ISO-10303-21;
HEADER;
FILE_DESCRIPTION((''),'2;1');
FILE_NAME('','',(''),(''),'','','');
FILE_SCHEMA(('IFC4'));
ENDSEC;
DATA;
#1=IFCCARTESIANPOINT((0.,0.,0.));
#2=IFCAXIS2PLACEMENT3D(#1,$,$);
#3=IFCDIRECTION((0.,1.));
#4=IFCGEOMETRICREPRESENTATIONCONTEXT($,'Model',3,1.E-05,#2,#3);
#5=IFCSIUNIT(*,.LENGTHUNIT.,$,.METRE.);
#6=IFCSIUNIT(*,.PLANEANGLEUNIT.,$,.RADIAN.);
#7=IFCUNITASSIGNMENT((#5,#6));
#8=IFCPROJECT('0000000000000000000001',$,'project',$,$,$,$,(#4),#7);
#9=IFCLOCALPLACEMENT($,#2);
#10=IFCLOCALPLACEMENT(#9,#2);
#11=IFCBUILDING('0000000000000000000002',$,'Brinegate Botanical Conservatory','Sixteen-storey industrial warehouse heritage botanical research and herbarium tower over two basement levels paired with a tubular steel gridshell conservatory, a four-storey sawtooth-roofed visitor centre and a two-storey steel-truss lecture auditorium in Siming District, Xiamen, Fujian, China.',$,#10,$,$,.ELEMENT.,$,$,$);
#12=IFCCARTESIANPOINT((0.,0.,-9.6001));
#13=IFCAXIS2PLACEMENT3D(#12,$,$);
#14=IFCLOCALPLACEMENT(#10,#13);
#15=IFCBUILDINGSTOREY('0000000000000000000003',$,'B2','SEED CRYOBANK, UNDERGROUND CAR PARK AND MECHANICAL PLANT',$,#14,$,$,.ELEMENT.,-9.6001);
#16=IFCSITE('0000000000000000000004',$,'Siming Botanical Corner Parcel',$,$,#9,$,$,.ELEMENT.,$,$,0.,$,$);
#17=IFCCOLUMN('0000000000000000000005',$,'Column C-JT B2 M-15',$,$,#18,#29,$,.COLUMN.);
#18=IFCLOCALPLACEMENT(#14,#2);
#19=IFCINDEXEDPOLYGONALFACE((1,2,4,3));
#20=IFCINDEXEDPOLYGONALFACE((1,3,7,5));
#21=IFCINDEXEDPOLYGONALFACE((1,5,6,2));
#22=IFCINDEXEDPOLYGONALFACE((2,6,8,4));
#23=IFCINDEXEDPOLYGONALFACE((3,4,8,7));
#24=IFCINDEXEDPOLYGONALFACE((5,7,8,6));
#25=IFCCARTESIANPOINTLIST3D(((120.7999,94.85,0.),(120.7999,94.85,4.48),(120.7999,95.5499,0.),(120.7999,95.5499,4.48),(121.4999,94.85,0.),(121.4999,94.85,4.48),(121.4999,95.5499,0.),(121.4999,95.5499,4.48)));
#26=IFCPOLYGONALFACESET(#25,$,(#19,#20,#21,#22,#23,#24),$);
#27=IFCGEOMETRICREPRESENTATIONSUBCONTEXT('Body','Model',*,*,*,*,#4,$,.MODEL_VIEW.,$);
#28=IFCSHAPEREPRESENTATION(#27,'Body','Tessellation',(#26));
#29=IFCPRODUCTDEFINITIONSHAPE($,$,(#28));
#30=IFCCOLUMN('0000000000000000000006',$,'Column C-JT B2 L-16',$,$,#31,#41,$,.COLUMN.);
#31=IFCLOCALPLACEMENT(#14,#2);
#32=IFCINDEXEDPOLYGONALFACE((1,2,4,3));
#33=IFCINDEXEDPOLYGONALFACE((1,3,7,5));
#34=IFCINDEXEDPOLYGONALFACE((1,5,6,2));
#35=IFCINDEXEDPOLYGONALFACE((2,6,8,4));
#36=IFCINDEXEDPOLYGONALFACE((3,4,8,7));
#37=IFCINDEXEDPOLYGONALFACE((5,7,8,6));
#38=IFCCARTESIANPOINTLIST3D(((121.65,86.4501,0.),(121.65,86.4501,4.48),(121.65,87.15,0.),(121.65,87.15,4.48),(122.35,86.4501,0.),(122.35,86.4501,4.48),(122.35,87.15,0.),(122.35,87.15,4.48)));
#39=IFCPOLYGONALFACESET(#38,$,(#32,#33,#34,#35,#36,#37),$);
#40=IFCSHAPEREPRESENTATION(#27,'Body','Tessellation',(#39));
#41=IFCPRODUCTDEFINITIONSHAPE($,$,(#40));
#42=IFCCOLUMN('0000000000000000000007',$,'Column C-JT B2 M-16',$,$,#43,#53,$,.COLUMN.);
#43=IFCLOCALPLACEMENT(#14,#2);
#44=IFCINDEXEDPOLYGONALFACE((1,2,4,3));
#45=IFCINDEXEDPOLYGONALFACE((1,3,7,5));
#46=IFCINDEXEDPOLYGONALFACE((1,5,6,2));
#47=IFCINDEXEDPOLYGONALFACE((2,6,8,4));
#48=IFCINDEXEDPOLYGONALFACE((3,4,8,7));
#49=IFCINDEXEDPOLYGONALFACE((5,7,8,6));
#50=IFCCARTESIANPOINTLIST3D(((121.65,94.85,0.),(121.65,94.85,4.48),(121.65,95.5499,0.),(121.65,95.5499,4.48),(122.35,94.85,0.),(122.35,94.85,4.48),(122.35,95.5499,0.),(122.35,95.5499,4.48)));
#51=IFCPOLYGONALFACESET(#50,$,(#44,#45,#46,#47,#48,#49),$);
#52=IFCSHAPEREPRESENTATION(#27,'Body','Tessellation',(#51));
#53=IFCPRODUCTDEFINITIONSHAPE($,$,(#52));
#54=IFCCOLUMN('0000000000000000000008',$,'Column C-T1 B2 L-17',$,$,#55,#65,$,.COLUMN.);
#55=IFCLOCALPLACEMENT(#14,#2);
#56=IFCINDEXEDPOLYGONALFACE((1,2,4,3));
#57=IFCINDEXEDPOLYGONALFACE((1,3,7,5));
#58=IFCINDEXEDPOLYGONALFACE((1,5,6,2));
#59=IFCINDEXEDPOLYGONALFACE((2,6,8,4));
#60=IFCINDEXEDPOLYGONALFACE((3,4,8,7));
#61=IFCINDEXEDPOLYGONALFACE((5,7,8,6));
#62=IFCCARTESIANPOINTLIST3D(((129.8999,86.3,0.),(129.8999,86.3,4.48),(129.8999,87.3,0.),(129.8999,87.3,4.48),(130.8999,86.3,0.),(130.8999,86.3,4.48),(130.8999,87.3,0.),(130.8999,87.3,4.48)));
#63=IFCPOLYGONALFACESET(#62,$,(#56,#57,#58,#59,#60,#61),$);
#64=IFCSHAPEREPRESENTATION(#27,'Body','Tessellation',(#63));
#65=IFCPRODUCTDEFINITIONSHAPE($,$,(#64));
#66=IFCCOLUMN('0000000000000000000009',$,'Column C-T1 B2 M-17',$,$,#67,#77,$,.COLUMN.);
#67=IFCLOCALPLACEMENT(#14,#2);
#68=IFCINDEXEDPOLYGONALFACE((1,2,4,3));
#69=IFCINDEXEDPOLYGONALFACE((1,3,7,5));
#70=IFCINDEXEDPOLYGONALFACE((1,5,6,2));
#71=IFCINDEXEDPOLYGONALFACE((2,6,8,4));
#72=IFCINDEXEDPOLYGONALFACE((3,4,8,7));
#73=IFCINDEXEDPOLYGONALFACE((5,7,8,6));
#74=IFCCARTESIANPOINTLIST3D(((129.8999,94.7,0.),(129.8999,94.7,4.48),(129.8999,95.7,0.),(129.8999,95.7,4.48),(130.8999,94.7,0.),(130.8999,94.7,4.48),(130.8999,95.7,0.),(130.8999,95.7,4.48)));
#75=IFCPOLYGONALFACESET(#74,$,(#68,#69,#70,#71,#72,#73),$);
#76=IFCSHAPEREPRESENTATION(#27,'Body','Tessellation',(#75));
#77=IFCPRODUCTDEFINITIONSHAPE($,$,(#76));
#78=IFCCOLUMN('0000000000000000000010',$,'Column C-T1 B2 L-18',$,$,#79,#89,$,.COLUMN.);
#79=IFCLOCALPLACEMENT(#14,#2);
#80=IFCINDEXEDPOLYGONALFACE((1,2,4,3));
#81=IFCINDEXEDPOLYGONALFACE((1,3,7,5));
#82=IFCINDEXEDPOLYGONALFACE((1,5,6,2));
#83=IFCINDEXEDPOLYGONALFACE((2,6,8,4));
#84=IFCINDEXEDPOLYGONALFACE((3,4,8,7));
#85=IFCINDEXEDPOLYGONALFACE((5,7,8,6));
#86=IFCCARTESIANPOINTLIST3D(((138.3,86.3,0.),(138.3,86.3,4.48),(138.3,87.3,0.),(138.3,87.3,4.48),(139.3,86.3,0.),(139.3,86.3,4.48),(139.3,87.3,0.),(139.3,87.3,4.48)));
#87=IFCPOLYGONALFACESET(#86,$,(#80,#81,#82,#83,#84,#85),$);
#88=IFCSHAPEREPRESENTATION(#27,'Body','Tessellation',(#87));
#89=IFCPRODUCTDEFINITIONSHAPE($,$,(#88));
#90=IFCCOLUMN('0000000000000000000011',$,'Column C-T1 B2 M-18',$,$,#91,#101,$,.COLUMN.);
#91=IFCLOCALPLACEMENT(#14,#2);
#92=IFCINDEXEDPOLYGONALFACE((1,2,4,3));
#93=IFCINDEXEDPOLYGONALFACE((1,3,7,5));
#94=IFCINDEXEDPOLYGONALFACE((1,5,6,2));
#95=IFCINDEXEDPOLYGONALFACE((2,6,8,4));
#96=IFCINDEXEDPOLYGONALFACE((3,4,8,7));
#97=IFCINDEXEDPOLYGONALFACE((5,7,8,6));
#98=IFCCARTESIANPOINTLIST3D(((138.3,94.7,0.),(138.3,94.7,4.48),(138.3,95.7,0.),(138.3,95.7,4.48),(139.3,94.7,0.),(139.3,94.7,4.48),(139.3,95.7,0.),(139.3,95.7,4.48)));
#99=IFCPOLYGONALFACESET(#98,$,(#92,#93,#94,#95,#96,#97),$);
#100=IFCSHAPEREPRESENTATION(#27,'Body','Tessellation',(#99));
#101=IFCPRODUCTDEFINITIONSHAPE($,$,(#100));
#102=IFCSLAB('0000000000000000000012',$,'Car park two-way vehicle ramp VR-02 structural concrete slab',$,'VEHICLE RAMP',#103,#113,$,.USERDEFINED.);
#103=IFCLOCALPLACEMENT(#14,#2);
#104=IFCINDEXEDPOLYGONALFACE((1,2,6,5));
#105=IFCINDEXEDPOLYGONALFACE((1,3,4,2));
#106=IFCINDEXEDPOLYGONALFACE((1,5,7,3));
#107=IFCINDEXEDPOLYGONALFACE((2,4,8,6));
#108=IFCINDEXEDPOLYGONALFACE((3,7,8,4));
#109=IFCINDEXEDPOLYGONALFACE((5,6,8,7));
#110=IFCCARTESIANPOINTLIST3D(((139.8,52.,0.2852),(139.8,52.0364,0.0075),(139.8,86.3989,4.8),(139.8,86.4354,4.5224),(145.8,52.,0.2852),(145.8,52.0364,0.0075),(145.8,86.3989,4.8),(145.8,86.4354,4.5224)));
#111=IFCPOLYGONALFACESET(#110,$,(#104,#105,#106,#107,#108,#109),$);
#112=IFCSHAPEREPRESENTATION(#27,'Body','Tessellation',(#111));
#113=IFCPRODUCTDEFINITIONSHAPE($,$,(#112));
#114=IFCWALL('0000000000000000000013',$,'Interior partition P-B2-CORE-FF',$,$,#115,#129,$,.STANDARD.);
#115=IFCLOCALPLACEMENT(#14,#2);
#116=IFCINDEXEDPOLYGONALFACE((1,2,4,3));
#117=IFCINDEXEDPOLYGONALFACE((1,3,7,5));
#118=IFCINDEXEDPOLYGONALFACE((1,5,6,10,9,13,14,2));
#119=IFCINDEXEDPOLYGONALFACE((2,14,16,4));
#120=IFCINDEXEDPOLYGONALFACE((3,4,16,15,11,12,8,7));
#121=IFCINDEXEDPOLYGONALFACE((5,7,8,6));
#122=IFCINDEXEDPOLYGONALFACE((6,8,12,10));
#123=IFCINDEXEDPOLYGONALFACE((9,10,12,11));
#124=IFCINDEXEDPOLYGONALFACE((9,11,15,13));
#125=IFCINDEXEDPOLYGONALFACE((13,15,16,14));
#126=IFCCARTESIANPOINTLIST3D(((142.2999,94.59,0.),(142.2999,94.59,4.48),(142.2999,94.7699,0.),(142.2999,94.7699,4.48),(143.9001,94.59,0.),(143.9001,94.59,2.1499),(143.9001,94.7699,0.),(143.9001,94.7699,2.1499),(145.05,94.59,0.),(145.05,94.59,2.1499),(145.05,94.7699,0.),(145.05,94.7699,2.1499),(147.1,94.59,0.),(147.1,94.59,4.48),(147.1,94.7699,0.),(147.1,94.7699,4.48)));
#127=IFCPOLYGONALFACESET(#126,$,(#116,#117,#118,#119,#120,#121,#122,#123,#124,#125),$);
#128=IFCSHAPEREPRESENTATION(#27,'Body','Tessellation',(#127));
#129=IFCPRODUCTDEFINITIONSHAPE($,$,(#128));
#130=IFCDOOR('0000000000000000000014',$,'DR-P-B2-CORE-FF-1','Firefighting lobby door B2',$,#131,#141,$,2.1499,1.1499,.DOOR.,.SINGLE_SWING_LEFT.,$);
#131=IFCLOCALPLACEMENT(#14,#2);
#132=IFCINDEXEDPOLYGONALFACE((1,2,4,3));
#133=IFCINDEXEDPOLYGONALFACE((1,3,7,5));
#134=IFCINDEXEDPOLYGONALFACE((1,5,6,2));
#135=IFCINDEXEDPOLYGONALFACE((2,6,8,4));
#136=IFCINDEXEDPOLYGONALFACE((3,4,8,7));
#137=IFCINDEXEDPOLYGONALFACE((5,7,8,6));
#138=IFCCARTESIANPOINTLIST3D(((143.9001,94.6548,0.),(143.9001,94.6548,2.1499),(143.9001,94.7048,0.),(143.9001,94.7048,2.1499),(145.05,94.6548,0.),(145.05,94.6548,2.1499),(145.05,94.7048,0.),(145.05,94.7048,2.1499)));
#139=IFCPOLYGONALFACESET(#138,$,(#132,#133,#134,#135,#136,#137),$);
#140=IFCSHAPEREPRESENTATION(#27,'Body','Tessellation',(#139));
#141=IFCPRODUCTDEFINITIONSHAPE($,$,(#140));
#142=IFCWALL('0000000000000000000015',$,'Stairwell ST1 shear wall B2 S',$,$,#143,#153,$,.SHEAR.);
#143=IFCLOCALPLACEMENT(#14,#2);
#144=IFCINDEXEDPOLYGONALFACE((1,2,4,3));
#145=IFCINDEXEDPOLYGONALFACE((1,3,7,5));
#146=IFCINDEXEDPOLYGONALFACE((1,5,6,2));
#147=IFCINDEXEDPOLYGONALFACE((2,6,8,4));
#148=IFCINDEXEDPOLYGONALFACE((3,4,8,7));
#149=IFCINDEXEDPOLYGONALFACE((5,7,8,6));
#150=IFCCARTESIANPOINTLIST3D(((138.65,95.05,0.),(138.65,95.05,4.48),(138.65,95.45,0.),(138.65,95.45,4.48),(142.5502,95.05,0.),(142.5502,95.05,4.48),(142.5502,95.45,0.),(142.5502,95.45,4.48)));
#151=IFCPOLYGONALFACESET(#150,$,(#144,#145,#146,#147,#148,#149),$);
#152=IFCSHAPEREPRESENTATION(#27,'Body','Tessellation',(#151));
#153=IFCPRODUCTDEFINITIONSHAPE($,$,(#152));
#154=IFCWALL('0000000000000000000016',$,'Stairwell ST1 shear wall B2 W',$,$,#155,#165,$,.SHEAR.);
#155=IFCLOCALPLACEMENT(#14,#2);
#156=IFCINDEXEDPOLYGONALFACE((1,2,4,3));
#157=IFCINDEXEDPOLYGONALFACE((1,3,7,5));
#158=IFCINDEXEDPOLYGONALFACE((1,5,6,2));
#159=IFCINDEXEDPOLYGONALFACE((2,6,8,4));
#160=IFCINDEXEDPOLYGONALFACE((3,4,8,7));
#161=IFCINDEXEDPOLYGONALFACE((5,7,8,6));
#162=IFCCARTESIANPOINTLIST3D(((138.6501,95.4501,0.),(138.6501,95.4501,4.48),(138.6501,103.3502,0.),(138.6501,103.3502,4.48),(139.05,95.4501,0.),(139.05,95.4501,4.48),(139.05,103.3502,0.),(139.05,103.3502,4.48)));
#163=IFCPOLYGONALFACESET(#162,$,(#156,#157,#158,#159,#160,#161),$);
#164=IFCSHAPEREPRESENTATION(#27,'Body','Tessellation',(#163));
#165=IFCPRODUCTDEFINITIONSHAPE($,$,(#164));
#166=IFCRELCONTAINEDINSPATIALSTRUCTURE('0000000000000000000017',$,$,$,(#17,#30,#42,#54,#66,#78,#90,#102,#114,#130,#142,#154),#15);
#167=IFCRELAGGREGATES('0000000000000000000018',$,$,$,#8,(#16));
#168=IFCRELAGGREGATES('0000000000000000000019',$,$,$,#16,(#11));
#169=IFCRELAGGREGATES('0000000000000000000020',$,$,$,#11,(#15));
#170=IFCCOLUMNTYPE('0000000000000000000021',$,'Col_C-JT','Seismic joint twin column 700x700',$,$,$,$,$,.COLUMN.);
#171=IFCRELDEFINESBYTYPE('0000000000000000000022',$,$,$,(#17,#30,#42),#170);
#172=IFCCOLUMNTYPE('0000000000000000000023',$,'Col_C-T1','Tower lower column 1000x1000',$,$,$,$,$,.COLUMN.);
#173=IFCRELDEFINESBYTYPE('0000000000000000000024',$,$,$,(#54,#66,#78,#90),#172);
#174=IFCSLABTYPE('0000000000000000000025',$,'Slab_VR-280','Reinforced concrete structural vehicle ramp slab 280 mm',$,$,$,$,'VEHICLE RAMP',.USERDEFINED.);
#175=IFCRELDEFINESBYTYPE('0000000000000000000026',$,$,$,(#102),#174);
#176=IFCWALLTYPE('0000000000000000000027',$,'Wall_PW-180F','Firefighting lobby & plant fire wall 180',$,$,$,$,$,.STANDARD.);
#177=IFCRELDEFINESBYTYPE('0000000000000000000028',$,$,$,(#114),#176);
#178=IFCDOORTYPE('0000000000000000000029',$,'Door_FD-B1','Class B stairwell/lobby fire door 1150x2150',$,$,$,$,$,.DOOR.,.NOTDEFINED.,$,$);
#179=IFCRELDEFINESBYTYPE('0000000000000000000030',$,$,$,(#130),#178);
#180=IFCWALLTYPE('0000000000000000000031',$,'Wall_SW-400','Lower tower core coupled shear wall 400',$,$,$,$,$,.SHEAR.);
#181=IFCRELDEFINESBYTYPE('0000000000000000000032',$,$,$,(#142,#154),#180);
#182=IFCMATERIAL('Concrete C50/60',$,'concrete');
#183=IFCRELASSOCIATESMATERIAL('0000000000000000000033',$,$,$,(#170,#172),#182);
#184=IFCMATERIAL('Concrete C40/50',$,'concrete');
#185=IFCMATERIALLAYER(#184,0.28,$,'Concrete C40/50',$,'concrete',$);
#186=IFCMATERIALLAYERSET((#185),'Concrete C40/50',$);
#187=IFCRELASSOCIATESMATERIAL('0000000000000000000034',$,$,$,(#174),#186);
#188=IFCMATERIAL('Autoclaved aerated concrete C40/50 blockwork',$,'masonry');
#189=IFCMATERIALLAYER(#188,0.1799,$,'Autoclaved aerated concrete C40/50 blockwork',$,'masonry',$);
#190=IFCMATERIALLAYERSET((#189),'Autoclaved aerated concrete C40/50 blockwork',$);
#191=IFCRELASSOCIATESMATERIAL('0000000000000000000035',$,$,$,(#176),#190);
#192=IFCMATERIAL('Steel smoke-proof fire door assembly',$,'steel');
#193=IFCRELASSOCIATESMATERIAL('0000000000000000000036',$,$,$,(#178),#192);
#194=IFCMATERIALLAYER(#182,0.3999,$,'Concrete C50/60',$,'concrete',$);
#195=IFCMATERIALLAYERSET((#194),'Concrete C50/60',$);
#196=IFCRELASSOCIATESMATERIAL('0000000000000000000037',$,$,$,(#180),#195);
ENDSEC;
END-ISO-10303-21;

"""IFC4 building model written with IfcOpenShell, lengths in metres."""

from ifc_helpers import new_model, si_unit, direction, frame, frame_2d, origin, origin_2d, place, context, subcontext, project, spatial, polyline, rectangle, outline, extrude, material, layer, layer_set, material_profile, profile_set, type_object, element, fill, save


model = new_model("IFC4")

# Units and contexts
model_context = context("Model", 3, precision=1e-05, world=origin(), true_north=direction((0.0, 1.0)))
body_context = subcontext(model_context, "Body", "Model", "MODEL_VIEW")
ifc_project = project(units=[si_unit("LENGTHUNIT", "METRE"), si_unit("PLANEANGLEUNIT", "RADIAN")], contexts=[model_context])

# Site, building, storey
site_placement = place(None, origin())
site = spatial("IfcSite", under=ifc_project, at=site_placement, Name="Siming Botanical Corner Parcel", CompositionType="ELEMENT", RefElevation=0.0)
building_placement = place(site_placement, origin())
building = spatial("IfcBuilding", under=site, at=building_placement, Name="Brinegate Botanical Conservatory", Description="Sixteen-storey industrial warehouse heritage botanical research and herbarium tower over two basement levels paired with a tubular steel gridshell conservatory, a four-storey sawtooth-roofed visitor centre and a two-storey steel-truss lecture auditorium in Siming District, Xiamen, Fujian, China.", CompositionType="ELEMENT")
storey_placement = place(building_placement, frame((0.0, 0.0, -9.6001)))
storey = spatial("IfcBuildingStorey", under=building, at=storey_placement, Name="B2", Description="SEED CRYOBANK, UNDERGROUND CAR PARK AND MECHANICAL PLANT", CompositionType="ELEMENT", Elevation=-9.6001)

# Shared definitions
ifc_material_1 = material(Name="Concrete C40/50", Category="concrete")

# Columns
ifc_material_2 = material(Name="Concrete C50/60", Category="concrete")
ifc_material_profile_1 = material_profile(ifc_material_2, rectangle(XDim=0.7, YDim=0.7, at=origin_2d()), Name="RC COL 700x700")
ifc_profile_set_1 = profile_set([ifc_material_profile_1], Name="Concrete C50/60")
column_type_1 = type_object("IfcColumnType", Name="Col_C-JT", Description="Seismic joint twin column 700x700", PredefinedType="COLUMN", material=ifc_profile_set_1)
for number, where, z_axis, x_axis, name in (
    (1, (121.1499, 95.2, 0.0), (0.0, 0.0, 1.0), (1.0, 0.0, 0.0), "Column C-JT B2 M-15"),
    (2, (122.0, 86.8, 0.0), (0.0, 0.0, 1.0), (1.0, 0.0, 0.0), "Column C-JT B2 L-16"),
    (3, (122.0, 95.2, 0.0), (0.0, 0.0, 1.0), (1.0, 0.0, 0.0), "Column C-JT B2 M-16"),
):
    element("IfcColumn", number, at=place(storey_placement, frame(where, z_axis=z_axis, x_axis=x_axis)), inside=storey, type_object=column_type_1, Name=name, PredefinedType="COLUMN", context=body_context, shape_type="SweptSolid", body=[
        extrude(rectangle(XDim=0.7, YDim=0.7, at=origin_2d()), origin(), (0.0, 0.0, 1.0), 4.48),
    ])
ifc_material_profile_2 = material_profile(ifc_material_2, rectangle(XDim=1.0, YDim=1.0, at=origin_2d()), Name="RC COL 1000x1000")
ifc_profile_set_2 = profile_set([ifc_material_profile_2], Name="Concrete C50/60")
column_type_2 = type_object("IfcColumnType", Name="Col_C-T1", Description="Tower lower column 1000x1000", PredefinedType="COLUMN", material=ifc_profile_set_2)
for number, where, z_axis, x_axis, name in (
    (4, (130.3999, 86.8, 0.0), (0.0, 0.0, 1.0), (1.0, 0.0, 0.0), "Column C-T1 B2 L-17"),
    (5, (130.3999, 95.2, 0.0), (0.0, 0.0, 1.0), (1.0, 0.0, 0.0), "Column C-T1 B2 M-17"),
    (6, (138.8, 86.8, 0.0), (0.0, 0.0, 1.0), (1.0, 0.0, 0.0), "Column C-T1 B2 L-18"),
    (7, (138.8, 95.2, 0.0), (0.0, 0.0, 1.0), (1.0, 0.0, 0.0), "Column C-T1 B2 M-18"),
):
    element("IfcColumn", number, at=place(storey_placement, frame(where, z_axis=z_axis, x_axis=x_axis)), inside=storey, type_object=column_type_2, Name=name, PredefinedType="COLUMN", context=body_context, shape_type="SweptSolid", body=[
        extrude(rectangle(XDim=1.0, YDim=1.0, at=origin_2d()), origin(), (0.0, 0.0, 1.0), 4.48),
    ])

# Slab
ifc_layer_1 = layer(ifc_material_1, 0.28, Name="Concrete C40/50", Category="concrete")
ifc_layer_set_1 = layer_set([ifc_layer_1], Name="Concrete C40/50")
slab_type = type_object("IfcSlabType", Name="Slab_VR-280", Description="Reinforced concrete structural vehicle ramp slab 280 mm", ElementType="VEHICLE RAMP", PredefinedType="USERDEFINED", material=ifc_layer_set_1)
slab_placement = place(storey_placement, frame((139.8, 86.3989, 4.8), z_axis=(0.0, -0.130135, 0.991496), x_axis=(1.0, 0.0, 0.0)))
element("IfcSlab", 8, at=slab_placement, inside=storey, type_object=slab_type, Name="Car park two-way vehicle ramp VR-02 structural concrete slab", ObjectType="VEHICLE RAMP", PredefinedType="USERDEFINED", context=body_context, shape_type="SweptSolid", body=[
    extrude(outline(polyline([(0.0, 0.0), (6.0, 0.0), (6.0, -34.694), (0.0, -34.694), (0.0, 0.0)])), origin(), (0.0, 0.0, -1.0), 0.28),
])

# Wall, opening, door
ifc_material_3 = material(Name="Autoclaved aerated concrete C40/50 blockwork", Category="masonry")
ifc_layer_2 = layer(ifc_material_3, 0.1799, Name="Autoclaved aerated concrete C40/50 blockwork", Category="masonry")
ifc_layer_set_2 = layer_set([ifc_layer_2], Name="Autoclaved aerated concrete C40/50 blockwork")
wall_type_1 = type_object("IfcWallType", Name="Wall_PW-180F", Description="Firefighting lobby & plant fire wall 180", PredefinedType="STANDARD", material=ifc_layer_set_2)
wall_1_placement = place(storey_placement, frame((142.3, 94.6799, 0.0), z_axis=(0.0, 0.0, 1.0), x_axis=(1.0, 0.0, 0.0)))
wall_1 = element("IfcWall", 9, at=wall_1_placement, inside=storey, type_object=wall_type_1, Name="Interior partition P-B2-CORE-FF", PredefinedType="STANDARD", context=body_context, shape_type="SweptSolid", body=[
    extrude(rectangle(XDim=4.8, YDim=0.1799, at=frame_2d((2.3999, 0.0))), origin(), (0.0, 0.0, 1.0), 4.48),
])
opening_placement = place(wall_1_placement, frame((1.6001, 0.0, 0.0)))
opening = element("IfcOpeningElement", 10, at=opening_placement, cuts=wall_1, PredefinedType="OPENING", context=body_context, shape_type="SweptSolid", body=[
    extrude(rectangle(XDim=1.1499, YDim=2.1499, at=frame_2d((0.575, 1.075))), frame((0.0, 0.0999, 0.0), z_axis=(0.0, -1.0, 0.0), x_axis=(1.0, 0.0, 0.0)), (0.0, 0.0, 1.0), 0.2),
])
ifc_material_4 = material(Name="Steel smoke-proof fire door assembly", Category="steel")
door_type = type_object("IfcDoorType", Name="Door_FD-B1", Description="Class B stairwell/lobby fire door 1150x2150", OperationType="NOTDEFINED", PredefinedType="DOOR", material=ifc_material_4)
door_placement = place(opening_placement, origin())
door = element("IfcDoor", 11, at=door_placement, inside=storey, type_object=door_type, Name="DR-P-B2-CORE-FF-1", Description="Firefighting lobby door B2", OperationType="SINGLE_SWING_LEFT", OverallHeight=2.1499, OverallWidth=1.1499, PredefinedType="DOOR", context=body_context, shape_type="SweptSolid", body=[
    extrude(rectangle(XDim=1.1499, YDim=2.1499, at=frame_2d((0.575, 1.075))), frame((0.0, 0.0249, 0.0), z_axis=(0.0, -1.0, 0.0), x_axis=(1.0, 0.0, 0.0)), (0.0, 0.0, 1.0), 0.05),
])
fill(opening, door)

# Walls
ifc_layer_3 = layer(ifc_material_2, 0.3999, Name="Concrete C50/60", Category="concrete")
ifc_layer_set_3 = layer_set([ifc_layer_3], Name="Concrete C50/60")
wall_type_2 = type_object("IfcWallType", Name="Wall_SW-400", Description="Lower tower core coupled shear wall 400", PredefinedType="SHEAR", material=ifc_layer_set_3)
wall_2_placement = place(storey_placement, frame((138.6499, 95.25, 0.0), z_axis=(0.0, 0.0, 1.0), x_axis=(1.0, 0.0, 0.0)))
element("IfcWall", 12, at=wall_2_placement, inside=storey, type_object=wall_type_2, Name="Stairwell ST1 shear wall B2 S", PredefinedType="SHEAR", context=body_context, shape_type="SweptSolid", body=[
    extrude(rectangle(XDim=3.9001, YDim=0.3999, at=frame_2d((1.9502, 0.0))), origin(), (0.0, 0.0, 1.0), 4.48),
])
wall_3_placement = place(storey_placement, frame((138.8501, 95.45, 0.0), z_axis=(0.0, 0.0, 1.0), x_axis=(0.0, 1.0, 0.0)))
element("IfcWall", 13, at=wall_3_placement, inside=storey, type_object=wall_type_2, Name="Stairwell ST1 shear wall B2 W", PredefinedType="SHEAR", context=body_context, shape_type="SweptSolid", body=[
    extrude(rectangle(XDim=7.9001, YDim=0.3999, at=frame_2d((3.9502, 0.0))), origin(), (0.0, 0.0, 1.0), 4.48),
])

save(model, "model.ifc")
